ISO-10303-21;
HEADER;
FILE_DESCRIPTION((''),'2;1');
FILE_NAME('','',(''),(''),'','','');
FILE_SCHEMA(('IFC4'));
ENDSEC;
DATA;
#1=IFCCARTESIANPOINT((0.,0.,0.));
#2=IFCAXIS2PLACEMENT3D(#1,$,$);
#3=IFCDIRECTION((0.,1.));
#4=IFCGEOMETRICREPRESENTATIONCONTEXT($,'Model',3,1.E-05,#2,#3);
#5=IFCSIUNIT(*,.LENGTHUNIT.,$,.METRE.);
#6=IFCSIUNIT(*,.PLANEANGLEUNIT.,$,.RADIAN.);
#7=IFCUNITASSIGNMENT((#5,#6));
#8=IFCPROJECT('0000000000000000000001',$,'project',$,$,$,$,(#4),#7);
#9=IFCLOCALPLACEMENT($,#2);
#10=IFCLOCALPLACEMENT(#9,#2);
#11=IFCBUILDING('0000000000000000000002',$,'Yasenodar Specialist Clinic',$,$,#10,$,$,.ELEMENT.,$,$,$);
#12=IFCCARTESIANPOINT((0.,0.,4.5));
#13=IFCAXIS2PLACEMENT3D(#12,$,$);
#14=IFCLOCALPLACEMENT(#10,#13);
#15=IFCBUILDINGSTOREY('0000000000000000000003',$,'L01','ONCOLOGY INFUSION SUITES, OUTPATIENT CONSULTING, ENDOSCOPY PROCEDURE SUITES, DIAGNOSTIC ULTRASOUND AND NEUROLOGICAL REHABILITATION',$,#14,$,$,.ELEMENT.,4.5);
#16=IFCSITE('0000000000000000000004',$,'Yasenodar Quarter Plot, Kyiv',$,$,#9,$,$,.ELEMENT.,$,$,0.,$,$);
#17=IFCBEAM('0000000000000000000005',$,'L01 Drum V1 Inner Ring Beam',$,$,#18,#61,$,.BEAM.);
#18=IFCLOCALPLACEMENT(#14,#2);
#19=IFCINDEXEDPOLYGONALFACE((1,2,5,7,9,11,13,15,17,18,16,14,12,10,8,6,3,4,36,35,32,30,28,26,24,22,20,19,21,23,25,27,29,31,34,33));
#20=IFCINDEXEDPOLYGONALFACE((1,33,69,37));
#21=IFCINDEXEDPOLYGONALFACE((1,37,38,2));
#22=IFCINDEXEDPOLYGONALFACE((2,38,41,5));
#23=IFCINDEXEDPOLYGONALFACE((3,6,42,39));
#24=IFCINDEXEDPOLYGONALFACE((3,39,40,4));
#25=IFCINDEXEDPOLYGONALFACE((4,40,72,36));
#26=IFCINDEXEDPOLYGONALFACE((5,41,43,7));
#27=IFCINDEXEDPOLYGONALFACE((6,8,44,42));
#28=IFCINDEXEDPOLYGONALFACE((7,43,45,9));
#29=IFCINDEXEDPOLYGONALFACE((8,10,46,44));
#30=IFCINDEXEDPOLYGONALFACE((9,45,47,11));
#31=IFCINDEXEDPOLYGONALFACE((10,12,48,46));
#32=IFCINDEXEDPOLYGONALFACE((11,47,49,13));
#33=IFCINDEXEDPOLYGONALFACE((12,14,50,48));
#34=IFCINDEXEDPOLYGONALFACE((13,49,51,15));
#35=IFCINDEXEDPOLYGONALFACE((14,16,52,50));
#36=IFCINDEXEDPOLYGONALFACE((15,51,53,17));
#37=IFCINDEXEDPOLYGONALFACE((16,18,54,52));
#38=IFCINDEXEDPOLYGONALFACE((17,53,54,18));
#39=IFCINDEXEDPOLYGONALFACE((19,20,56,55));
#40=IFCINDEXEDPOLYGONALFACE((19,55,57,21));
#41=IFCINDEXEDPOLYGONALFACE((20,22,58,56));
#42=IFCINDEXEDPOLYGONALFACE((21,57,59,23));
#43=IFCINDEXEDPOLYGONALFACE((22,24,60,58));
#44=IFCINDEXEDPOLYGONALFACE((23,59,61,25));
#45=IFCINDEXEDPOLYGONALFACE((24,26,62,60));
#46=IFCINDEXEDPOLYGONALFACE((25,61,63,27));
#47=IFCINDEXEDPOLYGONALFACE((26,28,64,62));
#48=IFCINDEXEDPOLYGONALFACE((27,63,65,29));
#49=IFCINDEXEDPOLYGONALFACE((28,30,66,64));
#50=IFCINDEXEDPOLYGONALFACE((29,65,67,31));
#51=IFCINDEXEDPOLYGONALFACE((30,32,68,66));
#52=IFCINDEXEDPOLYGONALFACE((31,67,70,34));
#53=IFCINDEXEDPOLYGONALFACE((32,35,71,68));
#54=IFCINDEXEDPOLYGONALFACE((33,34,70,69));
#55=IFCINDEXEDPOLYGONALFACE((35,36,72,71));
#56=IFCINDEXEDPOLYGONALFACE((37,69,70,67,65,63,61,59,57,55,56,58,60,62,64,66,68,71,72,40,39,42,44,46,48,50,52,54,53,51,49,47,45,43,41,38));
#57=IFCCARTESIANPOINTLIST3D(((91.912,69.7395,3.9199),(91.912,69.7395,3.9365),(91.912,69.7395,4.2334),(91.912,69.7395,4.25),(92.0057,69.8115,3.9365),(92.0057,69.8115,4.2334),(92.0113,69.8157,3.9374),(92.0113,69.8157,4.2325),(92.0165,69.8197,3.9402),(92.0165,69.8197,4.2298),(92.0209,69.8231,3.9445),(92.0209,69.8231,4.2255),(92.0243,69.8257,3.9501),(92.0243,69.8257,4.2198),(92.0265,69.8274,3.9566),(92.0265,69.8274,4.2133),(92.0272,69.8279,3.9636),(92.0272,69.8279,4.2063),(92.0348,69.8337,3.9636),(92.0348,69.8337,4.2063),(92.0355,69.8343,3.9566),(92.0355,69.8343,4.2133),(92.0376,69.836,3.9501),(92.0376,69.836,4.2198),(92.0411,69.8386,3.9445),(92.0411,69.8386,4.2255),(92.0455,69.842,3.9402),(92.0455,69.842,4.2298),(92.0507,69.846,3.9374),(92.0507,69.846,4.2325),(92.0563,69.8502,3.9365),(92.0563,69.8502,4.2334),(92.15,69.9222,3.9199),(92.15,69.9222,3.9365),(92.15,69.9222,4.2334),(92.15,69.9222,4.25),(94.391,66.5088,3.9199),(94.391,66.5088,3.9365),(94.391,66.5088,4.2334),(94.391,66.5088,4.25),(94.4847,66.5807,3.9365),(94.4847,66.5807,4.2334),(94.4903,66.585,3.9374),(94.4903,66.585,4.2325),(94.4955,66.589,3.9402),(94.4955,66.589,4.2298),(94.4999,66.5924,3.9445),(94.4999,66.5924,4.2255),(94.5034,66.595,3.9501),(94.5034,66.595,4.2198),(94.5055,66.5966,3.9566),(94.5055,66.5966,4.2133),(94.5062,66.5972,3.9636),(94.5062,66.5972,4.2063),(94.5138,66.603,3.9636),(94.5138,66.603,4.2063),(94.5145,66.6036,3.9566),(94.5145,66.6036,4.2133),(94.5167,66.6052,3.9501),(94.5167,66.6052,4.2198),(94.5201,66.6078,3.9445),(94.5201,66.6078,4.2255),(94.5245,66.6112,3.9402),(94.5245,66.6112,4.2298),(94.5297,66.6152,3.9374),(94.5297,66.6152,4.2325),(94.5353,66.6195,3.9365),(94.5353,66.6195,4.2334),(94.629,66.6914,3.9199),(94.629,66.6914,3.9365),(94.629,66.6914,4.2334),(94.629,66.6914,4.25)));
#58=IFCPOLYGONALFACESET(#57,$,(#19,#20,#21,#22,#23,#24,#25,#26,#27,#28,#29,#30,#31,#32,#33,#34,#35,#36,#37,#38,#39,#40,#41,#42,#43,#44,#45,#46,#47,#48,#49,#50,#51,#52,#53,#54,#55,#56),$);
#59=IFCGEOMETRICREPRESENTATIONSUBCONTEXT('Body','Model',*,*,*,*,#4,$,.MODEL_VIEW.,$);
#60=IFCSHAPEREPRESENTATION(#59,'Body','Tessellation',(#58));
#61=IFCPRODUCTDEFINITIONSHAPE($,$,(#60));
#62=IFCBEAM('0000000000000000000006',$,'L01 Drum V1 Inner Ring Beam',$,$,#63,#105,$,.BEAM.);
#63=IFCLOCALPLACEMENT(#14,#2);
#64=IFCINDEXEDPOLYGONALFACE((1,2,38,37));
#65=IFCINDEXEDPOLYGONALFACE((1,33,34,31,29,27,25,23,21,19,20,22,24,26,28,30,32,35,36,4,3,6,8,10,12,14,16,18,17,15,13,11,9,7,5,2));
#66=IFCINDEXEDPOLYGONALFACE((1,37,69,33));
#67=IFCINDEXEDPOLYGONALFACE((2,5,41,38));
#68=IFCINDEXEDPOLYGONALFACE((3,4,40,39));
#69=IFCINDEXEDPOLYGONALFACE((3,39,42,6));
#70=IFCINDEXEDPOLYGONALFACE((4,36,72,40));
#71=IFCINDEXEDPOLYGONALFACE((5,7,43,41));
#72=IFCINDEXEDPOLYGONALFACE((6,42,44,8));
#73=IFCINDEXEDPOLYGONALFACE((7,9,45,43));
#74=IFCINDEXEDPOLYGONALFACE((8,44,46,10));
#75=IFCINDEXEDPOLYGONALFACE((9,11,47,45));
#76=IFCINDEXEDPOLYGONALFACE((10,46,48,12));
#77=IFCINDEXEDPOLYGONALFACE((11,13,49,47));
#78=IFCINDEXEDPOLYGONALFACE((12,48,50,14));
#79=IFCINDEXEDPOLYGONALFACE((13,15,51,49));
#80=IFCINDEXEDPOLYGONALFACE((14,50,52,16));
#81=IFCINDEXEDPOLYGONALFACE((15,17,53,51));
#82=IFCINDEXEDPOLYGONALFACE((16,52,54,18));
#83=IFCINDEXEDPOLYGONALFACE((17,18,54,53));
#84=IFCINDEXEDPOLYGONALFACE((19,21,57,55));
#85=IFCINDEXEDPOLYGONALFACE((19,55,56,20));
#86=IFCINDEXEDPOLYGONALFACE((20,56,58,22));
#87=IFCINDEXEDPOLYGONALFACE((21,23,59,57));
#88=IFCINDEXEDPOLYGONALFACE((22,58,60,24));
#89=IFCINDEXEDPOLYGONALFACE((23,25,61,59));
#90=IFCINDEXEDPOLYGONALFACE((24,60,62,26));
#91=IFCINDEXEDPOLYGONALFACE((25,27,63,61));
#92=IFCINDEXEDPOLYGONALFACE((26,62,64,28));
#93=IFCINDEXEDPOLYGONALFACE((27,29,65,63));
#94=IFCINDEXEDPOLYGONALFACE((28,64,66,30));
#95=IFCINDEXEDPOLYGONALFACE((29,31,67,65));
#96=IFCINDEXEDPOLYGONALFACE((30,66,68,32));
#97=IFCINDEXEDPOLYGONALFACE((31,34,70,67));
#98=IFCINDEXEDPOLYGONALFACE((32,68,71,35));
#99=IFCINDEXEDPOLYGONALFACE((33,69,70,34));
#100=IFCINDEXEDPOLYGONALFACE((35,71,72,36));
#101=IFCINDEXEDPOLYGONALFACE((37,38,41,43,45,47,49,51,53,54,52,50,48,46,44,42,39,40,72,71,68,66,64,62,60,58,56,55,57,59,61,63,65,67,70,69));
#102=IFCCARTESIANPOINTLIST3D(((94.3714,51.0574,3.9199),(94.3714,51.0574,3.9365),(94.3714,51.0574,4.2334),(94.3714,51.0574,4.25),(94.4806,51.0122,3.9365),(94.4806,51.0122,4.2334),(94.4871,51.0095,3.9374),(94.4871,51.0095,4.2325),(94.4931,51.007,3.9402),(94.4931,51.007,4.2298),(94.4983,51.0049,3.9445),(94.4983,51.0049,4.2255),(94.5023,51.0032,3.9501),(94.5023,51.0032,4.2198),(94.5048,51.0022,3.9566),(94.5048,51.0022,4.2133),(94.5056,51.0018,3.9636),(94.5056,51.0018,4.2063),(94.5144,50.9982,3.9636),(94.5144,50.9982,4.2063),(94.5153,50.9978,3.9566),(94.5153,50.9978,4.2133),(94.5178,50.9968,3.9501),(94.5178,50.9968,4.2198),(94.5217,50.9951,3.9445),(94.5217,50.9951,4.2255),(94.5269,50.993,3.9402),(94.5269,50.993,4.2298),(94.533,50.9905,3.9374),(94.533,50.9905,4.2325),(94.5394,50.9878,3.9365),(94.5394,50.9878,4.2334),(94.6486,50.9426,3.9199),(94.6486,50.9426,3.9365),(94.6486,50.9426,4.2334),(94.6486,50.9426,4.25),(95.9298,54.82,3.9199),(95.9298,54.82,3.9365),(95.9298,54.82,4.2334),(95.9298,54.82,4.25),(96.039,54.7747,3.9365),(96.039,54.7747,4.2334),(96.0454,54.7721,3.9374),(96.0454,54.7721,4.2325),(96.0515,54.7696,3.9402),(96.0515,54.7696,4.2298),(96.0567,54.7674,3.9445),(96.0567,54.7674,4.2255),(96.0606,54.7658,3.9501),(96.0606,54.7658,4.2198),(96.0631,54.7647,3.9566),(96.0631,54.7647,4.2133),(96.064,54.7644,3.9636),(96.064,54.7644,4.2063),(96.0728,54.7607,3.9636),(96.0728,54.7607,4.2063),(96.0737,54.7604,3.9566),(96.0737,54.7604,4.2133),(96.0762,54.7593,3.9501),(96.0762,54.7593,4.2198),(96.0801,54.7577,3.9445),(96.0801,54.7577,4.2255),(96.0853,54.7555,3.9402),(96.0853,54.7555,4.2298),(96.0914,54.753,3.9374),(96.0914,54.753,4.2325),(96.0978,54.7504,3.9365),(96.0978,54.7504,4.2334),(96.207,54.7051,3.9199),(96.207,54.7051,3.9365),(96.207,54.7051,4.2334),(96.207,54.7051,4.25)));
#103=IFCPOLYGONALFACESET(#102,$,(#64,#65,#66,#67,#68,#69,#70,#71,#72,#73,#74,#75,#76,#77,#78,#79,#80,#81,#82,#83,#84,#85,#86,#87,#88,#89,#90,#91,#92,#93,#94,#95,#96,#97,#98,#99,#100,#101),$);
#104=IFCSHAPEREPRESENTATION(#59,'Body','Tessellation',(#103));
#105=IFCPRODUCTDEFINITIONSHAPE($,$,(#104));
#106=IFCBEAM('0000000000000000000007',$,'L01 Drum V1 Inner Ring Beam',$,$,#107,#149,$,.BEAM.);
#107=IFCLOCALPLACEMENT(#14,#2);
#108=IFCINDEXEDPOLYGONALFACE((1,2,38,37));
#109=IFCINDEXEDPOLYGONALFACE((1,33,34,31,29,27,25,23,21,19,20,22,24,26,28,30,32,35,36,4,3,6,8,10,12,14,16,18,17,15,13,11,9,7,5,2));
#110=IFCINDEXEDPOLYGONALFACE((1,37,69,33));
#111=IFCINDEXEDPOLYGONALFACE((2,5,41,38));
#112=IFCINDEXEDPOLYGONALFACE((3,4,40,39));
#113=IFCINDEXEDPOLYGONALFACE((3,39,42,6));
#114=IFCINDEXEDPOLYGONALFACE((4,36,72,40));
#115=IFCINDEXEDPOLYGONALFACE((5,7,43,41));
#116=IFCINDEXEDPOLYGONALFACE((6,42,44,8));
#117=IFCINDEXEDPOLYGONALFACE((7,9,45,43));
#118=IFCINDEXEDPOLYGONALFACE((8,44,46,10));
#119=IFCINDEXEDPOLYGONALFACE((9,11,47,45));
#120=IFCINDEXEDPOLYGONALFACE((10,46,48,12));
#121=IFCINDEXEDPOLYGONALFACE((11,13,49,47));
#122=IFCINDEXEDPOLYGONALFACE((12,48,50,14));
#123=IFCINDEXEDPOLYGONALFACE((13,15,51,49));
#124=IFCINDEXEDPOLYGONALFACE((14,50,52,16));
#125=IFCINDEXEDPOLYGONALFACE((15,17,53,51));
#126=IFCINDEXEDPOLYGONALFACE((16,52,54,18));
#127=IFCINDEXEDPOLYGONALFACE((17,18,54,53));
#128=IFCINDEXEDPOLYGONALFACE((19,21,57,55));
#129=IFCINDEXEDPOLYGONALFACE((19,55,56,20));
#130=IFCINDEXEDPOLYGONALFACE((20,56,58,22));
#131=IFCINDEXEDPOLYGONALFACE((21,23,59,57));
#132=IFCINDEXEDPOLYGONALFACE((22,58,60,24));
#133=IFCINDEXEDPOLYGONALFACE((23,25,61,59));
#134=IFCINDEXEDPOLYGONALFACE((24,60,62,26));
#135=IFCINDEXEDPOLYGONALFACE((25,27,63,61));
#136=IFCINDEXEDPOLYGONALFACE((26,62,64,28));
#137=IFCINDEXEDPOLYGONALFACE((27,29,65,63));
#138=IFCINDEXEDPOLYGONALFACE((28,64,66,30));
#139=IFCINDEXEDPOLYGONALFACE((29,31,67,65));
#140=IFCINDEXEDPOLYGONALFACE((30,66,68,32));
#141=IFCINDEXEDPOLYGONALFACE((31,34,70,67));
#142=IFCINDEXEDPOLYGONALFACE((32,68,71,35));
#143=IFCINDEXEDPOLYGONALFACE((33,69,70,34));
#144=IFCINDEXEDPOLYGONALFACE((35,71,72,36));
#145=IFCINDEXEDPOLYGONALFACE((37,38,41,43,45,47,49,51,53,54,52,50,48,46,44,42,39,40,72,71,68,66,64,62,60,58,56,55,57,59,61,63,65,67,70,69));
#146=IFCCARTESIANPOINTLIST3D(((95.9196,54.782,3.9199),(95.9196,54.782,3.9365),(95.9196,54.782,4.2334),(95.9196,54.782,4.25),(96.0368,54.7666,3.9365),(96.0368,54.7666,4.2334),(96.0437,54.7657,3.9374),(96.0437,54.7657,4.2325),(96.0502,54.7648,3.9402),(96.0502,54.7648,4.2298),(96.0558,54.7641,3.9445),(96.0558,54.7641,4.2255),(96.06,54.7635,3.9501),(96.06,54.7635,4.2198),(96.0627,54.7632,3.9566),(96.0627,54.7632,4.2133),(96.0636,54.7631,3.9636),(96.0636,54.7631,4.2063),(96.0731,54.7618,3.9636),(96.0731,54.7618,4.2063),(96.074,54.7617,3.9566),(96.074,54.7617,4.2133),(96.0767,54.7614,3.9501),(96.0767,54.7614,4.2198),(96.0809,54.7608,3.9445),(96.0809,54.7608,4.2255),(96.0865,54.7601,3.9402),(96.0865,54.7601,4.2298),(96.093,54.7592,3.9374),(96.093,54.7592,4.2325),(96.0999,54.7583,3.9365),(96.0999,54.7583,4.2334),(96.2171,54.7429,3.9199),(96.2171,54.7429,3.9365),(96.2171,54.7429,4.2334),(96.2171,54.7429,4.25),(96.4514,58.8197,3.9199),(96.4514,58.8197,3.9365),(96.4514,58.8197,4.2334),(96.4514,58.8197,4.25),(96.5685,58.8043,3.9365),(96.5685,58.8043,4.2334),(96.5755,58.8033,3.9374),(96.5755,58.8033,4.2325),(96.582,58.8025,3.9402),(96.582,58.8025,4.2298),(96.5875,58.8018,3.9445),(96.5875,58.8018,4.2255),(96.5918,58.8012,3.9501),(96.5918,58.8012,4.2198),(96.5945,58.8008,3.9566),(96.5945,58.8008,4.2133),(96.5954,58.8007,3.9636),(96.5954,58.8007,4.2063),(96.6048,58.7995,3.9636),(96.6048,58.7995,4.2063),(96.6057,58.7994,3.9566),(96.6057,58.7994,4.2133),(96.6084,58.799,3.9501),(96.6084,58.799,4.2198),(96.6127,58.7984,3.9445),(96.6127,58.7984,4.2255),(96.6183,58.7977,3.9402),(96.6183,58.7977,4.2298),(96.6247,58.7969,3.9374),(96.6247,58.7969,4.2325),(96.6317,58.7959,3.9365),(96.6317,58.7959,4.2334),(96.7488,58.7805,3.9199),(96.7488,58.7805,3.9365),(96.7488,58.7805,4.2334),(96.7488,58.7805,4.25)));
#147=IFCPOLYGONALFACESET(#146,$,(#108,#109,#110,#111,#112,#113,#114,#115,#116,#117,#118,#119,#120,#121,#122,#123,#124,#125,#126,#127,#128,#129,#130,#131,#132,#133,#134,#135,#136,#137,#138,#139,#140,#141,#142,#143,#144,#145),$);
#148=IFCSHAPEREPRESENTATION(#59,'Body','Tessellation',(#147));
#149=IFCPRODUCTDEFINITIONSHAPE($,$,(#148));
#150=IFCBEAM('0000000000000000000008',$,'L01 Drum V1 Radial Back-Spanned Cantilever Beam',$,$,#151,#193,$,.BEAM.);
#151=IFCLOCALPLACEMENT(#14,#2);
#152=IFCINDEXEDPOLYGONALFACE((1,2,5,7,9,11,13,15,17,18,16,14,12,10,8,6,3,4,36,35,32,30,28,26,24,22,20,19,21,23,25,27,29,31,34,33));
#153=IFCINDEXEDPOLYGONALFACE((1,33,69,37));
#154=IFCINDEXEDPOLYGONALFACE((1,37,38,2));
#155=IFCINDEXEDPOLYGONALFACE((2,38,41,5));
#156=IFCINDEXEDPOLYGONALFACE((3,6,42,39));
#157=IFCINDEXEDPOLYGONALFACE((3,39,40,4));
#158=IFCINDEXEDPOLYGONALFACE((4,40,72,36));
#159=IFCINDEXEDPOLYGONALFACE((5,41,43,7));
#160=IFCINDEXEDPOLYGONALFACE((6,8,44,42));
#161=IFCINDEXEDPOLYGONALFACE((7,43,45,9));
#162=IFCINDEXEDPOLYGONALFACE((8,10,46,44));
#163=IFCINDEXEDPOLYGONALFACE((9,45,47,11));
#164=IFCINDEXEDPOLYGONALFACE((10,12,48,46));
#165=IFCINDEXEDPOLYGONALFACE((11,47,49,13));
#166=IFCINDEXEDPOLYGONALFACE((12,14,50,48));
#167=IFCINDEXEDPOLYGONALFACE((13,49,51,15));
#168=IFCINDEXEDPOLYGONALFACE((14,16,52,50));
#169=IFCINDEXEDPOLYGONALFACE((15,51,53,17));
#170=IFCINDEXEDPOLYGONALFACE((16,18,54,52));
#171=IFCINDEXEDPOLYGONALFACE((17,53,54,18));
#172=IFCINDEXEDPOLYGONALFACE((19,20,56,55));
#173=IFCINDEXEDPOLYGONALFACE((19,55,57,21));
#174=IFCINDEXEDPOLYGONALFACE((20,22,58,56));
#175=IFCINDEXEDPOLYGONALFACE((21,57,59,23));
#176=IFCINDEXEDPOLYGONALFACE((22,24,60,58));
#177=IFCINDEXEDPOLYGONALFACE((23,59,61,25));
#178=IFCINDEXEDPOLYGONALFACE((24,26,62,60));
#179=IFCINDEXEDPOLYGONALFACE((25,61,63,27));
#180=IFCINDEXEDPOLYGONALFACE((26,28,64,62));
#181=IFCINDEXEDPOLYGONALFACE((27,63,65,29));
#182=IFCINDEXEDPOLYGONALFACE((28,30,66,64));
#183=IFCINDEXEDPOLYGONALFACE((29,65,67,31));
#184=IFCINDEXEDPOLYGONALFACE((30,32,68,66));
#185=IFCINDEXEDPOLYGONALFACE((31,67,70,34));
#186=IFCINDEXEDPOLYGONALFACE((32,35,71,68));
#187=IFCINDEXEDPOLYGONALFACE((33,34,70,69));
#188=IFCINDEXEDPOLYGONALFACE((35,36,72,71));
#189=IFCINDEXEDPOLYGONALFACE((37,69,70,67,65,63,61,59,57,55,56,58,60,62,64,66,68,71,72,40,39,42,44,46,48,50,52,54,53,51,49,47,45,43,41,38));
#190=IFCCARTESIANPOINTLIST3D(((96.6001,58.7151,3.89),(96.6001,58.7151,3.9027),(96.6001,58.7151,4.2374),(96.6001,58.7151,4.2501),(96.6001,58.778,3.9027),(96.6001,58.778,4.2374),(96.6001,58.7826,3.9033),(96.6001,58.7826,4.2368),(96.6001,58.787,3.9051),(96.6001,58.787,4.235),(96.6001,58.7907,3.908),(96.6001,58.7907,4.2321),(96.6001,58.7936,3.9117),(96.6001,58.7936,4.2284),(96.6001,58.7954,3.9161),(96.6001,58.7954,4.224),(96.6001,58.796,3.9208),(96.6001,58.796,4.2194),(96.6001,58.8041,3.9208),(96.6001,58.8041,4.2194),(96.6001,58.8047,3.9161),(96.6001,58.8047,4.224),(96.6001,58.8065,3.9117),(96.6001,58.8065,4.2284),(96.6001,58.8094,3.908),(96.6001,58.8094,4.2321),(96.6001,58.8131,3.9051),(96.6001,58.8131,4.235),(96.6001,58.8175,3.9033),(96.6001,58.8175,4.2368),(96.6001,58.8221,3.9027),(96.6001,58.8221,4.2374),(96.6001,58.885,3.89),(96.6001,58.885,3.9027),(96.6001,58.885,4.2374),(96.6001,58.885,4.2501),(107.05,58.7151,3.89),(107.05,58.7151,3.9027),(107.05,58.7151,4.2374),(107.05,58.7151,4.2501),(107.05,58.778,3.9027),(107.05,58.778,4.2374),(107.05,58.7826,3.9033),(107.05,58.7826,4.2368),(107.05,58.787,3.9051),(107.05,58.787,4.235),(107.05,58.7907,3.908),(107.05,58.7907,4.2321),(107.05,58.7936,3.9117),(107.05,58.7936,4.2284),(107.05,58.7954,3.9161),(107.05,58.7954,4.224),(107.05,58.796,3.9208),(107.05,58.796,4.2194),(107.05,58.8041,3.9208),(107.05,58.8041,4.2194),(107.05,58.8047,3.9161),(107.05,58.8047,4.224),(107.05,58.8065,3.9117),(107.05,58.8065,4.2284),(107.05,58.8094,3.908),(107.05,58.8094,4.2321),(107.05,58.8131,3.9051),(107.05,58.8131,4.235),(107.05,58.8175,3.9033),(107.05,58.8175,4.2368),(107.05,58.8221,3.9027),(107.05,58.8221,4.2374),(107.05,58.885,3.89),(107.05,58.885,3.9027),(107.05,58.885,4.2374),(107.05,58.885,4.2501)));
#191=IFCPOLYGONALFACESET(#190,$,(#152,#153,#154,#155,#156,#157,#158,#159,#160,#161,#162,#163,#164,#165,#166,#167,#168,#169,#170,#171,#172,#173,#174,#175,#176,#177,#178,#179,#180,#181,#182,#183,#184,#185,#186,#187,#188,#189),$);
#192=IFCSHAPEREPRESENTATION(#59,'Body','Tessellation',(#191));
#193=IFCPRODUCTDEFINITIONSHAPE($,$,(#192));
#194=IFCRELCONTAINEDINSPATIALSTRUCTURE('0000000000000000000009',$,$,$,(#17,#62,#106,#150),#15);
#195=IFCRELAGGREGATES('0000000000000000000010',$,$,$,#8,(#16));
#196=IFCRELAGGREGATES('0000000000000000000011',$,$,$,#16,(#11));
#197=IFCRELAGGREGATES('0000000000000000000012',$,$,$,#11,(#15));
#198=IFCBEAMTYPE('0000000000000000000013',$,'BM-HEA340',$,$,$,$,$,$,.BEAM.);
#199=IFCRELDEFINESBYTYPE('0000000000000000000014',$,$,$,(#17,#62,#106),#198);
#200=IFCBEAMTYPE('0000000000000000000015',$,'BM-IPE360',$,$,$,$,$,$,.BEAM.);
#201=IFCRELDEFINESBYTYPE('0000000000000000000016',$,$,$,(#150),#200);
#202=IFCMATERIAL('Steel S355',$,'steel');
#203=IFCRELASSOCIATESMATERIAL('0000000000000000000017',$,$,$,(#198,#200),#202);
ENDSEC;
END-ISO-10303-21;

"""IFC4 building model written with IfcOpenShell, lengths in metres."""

from ifc_helpers import new_model, si_unit, direction, frame, origin, origin_2d, place, context, subcontext, project, spatial, i_section, extrude, material, material_profile, profile_set, type_object, element, save


model = new_model("IFC4")

# Units and contexts
model_context = context("Model", 3, precision=1e-05, world=origin(), true_north=direction((0.0, 1.0)))
body_context = subcontext(model_context, "Body", "Model", "MODEL_VIEW")
ifc_project = project(units=[si_unit("LENGTHUNIT", "METRE"), si_unit("PLANEANGLEUNIT", "RADIAN")], contexts=[model_context])

# Site, building, storey
site_placement = place(None, origin())
site = spatial("IfcSite", under=ifc_project, at=site_placement, Name="Yasenodar Quarter Plot, Kyiv", CompositionType="ELEMENT", RefElevation=0.0)
building_placement = place(site_placement, origin())
building = spatial("IfcBuilding", under=site, at=building_placement, Name="Yasenodar Specialist Clinic", CompositionType="ELEMENT")
storey_placement = place(building_placement, frame((0.0, 0.0, 4.5)))
storey = spatial("IfcBuildingStorey", under=building, at=storey_placement, Name="L01", Description="ONCOLOGY INFUSION SUITES, OUTPATIENT CONSULTING, ENDOSCOPY PROCEDURE SUITES, DIAGNOSTIC ULTRASOUND AND NEUROLOGICAL REHABILITATION", CompositionType="ELEMENT", Elevation=4.5)

# Shared definitions
ifc_material_1 = material(Name="Steel S355", Category="steel")

# Beams
ifc_material_profile_1 = material_profile(ifc_material_1, i_section(OverallWidth=0.3, OverallDepth=0.3301, WebThickness=0.0095, FlangeThickness=0.0166, FilletRadius=0.0271, at=origin_2d()), Name="HEA 340")
ifc_profile_set_1 = profile_set([ifc_material_profile_1], Name="Steel S355")
beam_type_1 = type_object("IfcBeamType", Name="BM-HEA340", PredefinedType="BEAM", material=ifc_profile_set_1)
beam_1_placement = place(storey_placement, frame((94.51, 66.6001, 4.085), z_axis=(-0.60876, 0.793354, 0.0), x_axis=(-0.793354, -0.60876, 0.0)))
element("IfcBeam", 1, at=beam_1_placement, inside=storey, type_object=beam_type_1, Name="L01 Drum V1 Inner Ring Beam", PredefinedType="BEAM", context=body_context, shape_type="SweptSolid", body=[
    extrude(i_section(OverallWidth=0.3, OverallDepth=0.3301, WebThickness=0.0095, FlangeThickness=0.0166, FilletRadius=0.0271, at=origin_2d()), origin(), (0.0, 0.0, 1.0), 4.0723),
])
for number, where, z_axis, x_axis, name in (
    (2, (94.51, 51.0, 4.085), (0.382661, 0.923889, 0.0), (-0.923889, 0.382661, 0.0), "L01 Drum V1 Inner Ring Beam"),
    (3, (96.0684, 54.7625, 4.085), (0.130569, 0.991439, 0.0), (-0.991439, 0.130569, 0.0), "L01 Drum V1 Inner Ring Beam"),
):
    element("IfcBeam", number, at=place(storey_placement, frame(where, z_axis=z_axis, x_axis=x_axis)), inside=storey, type_object=beam_type_1, Name=name, PredefinedType="BEAM", context=body_context, shape_type="SweptSolid", body=[
        extrude(i_section(OverallWidth=0.3, OverallDepth=0.3301, WebThickness=0.0095, FlangeThickness=0.0166, FilletRadius=0.0271, at=origin_2d()), origin(), (0.0, 0.0, 1.0), 4.0725),
    ])
ifc_material_profile_2 = material_profile(ifc_material_1, i_section(OverallWidth=0.1699, OverallDepth=0.3601, WebThickness=0.0081, FlangeThickness=0.0127, FilletRadius=0.0181, at=origin_2d()), Name="IPE 360")
ifc_profile_set_2 = profile_set([ifc_material_profile_2], Name="Steel S355")
beam_type_2 = type_object("IfcBeamType", Name="BM-IPE360", PredefinedType="BEAM", material=ifc_profile_set_2)
for number, where, z_axis, x_axis, name in (
    (4, (96.6001, 58.8, 4.0701), (1.0, 0.0, 0.0), (0.0, 1.0, 0.0), "L01 Drum V1 Radial Back-Spanned Cantilever Beam"),
):
    element("IfcBeam", number, at=place(storey_placement, frame(where, z_axis=z_axis, x_axis=x_axis)), inside=storey, type_object=beam_type_2, Name=name, PredefinedType="BEAM", context=body_context, shape_type="SweptSolid", body=[
        extrude(i_section(OverallWidth=0.1699, OverallDepth=0.3601, WebThickness=0.0081, FlangeThickness=0.0127, FilletRadius=0.0181, at=origin_2d()), origin(), (0.0, 0.0, 1.0), 10.45),
    ])

save(model, "model.ifc")
